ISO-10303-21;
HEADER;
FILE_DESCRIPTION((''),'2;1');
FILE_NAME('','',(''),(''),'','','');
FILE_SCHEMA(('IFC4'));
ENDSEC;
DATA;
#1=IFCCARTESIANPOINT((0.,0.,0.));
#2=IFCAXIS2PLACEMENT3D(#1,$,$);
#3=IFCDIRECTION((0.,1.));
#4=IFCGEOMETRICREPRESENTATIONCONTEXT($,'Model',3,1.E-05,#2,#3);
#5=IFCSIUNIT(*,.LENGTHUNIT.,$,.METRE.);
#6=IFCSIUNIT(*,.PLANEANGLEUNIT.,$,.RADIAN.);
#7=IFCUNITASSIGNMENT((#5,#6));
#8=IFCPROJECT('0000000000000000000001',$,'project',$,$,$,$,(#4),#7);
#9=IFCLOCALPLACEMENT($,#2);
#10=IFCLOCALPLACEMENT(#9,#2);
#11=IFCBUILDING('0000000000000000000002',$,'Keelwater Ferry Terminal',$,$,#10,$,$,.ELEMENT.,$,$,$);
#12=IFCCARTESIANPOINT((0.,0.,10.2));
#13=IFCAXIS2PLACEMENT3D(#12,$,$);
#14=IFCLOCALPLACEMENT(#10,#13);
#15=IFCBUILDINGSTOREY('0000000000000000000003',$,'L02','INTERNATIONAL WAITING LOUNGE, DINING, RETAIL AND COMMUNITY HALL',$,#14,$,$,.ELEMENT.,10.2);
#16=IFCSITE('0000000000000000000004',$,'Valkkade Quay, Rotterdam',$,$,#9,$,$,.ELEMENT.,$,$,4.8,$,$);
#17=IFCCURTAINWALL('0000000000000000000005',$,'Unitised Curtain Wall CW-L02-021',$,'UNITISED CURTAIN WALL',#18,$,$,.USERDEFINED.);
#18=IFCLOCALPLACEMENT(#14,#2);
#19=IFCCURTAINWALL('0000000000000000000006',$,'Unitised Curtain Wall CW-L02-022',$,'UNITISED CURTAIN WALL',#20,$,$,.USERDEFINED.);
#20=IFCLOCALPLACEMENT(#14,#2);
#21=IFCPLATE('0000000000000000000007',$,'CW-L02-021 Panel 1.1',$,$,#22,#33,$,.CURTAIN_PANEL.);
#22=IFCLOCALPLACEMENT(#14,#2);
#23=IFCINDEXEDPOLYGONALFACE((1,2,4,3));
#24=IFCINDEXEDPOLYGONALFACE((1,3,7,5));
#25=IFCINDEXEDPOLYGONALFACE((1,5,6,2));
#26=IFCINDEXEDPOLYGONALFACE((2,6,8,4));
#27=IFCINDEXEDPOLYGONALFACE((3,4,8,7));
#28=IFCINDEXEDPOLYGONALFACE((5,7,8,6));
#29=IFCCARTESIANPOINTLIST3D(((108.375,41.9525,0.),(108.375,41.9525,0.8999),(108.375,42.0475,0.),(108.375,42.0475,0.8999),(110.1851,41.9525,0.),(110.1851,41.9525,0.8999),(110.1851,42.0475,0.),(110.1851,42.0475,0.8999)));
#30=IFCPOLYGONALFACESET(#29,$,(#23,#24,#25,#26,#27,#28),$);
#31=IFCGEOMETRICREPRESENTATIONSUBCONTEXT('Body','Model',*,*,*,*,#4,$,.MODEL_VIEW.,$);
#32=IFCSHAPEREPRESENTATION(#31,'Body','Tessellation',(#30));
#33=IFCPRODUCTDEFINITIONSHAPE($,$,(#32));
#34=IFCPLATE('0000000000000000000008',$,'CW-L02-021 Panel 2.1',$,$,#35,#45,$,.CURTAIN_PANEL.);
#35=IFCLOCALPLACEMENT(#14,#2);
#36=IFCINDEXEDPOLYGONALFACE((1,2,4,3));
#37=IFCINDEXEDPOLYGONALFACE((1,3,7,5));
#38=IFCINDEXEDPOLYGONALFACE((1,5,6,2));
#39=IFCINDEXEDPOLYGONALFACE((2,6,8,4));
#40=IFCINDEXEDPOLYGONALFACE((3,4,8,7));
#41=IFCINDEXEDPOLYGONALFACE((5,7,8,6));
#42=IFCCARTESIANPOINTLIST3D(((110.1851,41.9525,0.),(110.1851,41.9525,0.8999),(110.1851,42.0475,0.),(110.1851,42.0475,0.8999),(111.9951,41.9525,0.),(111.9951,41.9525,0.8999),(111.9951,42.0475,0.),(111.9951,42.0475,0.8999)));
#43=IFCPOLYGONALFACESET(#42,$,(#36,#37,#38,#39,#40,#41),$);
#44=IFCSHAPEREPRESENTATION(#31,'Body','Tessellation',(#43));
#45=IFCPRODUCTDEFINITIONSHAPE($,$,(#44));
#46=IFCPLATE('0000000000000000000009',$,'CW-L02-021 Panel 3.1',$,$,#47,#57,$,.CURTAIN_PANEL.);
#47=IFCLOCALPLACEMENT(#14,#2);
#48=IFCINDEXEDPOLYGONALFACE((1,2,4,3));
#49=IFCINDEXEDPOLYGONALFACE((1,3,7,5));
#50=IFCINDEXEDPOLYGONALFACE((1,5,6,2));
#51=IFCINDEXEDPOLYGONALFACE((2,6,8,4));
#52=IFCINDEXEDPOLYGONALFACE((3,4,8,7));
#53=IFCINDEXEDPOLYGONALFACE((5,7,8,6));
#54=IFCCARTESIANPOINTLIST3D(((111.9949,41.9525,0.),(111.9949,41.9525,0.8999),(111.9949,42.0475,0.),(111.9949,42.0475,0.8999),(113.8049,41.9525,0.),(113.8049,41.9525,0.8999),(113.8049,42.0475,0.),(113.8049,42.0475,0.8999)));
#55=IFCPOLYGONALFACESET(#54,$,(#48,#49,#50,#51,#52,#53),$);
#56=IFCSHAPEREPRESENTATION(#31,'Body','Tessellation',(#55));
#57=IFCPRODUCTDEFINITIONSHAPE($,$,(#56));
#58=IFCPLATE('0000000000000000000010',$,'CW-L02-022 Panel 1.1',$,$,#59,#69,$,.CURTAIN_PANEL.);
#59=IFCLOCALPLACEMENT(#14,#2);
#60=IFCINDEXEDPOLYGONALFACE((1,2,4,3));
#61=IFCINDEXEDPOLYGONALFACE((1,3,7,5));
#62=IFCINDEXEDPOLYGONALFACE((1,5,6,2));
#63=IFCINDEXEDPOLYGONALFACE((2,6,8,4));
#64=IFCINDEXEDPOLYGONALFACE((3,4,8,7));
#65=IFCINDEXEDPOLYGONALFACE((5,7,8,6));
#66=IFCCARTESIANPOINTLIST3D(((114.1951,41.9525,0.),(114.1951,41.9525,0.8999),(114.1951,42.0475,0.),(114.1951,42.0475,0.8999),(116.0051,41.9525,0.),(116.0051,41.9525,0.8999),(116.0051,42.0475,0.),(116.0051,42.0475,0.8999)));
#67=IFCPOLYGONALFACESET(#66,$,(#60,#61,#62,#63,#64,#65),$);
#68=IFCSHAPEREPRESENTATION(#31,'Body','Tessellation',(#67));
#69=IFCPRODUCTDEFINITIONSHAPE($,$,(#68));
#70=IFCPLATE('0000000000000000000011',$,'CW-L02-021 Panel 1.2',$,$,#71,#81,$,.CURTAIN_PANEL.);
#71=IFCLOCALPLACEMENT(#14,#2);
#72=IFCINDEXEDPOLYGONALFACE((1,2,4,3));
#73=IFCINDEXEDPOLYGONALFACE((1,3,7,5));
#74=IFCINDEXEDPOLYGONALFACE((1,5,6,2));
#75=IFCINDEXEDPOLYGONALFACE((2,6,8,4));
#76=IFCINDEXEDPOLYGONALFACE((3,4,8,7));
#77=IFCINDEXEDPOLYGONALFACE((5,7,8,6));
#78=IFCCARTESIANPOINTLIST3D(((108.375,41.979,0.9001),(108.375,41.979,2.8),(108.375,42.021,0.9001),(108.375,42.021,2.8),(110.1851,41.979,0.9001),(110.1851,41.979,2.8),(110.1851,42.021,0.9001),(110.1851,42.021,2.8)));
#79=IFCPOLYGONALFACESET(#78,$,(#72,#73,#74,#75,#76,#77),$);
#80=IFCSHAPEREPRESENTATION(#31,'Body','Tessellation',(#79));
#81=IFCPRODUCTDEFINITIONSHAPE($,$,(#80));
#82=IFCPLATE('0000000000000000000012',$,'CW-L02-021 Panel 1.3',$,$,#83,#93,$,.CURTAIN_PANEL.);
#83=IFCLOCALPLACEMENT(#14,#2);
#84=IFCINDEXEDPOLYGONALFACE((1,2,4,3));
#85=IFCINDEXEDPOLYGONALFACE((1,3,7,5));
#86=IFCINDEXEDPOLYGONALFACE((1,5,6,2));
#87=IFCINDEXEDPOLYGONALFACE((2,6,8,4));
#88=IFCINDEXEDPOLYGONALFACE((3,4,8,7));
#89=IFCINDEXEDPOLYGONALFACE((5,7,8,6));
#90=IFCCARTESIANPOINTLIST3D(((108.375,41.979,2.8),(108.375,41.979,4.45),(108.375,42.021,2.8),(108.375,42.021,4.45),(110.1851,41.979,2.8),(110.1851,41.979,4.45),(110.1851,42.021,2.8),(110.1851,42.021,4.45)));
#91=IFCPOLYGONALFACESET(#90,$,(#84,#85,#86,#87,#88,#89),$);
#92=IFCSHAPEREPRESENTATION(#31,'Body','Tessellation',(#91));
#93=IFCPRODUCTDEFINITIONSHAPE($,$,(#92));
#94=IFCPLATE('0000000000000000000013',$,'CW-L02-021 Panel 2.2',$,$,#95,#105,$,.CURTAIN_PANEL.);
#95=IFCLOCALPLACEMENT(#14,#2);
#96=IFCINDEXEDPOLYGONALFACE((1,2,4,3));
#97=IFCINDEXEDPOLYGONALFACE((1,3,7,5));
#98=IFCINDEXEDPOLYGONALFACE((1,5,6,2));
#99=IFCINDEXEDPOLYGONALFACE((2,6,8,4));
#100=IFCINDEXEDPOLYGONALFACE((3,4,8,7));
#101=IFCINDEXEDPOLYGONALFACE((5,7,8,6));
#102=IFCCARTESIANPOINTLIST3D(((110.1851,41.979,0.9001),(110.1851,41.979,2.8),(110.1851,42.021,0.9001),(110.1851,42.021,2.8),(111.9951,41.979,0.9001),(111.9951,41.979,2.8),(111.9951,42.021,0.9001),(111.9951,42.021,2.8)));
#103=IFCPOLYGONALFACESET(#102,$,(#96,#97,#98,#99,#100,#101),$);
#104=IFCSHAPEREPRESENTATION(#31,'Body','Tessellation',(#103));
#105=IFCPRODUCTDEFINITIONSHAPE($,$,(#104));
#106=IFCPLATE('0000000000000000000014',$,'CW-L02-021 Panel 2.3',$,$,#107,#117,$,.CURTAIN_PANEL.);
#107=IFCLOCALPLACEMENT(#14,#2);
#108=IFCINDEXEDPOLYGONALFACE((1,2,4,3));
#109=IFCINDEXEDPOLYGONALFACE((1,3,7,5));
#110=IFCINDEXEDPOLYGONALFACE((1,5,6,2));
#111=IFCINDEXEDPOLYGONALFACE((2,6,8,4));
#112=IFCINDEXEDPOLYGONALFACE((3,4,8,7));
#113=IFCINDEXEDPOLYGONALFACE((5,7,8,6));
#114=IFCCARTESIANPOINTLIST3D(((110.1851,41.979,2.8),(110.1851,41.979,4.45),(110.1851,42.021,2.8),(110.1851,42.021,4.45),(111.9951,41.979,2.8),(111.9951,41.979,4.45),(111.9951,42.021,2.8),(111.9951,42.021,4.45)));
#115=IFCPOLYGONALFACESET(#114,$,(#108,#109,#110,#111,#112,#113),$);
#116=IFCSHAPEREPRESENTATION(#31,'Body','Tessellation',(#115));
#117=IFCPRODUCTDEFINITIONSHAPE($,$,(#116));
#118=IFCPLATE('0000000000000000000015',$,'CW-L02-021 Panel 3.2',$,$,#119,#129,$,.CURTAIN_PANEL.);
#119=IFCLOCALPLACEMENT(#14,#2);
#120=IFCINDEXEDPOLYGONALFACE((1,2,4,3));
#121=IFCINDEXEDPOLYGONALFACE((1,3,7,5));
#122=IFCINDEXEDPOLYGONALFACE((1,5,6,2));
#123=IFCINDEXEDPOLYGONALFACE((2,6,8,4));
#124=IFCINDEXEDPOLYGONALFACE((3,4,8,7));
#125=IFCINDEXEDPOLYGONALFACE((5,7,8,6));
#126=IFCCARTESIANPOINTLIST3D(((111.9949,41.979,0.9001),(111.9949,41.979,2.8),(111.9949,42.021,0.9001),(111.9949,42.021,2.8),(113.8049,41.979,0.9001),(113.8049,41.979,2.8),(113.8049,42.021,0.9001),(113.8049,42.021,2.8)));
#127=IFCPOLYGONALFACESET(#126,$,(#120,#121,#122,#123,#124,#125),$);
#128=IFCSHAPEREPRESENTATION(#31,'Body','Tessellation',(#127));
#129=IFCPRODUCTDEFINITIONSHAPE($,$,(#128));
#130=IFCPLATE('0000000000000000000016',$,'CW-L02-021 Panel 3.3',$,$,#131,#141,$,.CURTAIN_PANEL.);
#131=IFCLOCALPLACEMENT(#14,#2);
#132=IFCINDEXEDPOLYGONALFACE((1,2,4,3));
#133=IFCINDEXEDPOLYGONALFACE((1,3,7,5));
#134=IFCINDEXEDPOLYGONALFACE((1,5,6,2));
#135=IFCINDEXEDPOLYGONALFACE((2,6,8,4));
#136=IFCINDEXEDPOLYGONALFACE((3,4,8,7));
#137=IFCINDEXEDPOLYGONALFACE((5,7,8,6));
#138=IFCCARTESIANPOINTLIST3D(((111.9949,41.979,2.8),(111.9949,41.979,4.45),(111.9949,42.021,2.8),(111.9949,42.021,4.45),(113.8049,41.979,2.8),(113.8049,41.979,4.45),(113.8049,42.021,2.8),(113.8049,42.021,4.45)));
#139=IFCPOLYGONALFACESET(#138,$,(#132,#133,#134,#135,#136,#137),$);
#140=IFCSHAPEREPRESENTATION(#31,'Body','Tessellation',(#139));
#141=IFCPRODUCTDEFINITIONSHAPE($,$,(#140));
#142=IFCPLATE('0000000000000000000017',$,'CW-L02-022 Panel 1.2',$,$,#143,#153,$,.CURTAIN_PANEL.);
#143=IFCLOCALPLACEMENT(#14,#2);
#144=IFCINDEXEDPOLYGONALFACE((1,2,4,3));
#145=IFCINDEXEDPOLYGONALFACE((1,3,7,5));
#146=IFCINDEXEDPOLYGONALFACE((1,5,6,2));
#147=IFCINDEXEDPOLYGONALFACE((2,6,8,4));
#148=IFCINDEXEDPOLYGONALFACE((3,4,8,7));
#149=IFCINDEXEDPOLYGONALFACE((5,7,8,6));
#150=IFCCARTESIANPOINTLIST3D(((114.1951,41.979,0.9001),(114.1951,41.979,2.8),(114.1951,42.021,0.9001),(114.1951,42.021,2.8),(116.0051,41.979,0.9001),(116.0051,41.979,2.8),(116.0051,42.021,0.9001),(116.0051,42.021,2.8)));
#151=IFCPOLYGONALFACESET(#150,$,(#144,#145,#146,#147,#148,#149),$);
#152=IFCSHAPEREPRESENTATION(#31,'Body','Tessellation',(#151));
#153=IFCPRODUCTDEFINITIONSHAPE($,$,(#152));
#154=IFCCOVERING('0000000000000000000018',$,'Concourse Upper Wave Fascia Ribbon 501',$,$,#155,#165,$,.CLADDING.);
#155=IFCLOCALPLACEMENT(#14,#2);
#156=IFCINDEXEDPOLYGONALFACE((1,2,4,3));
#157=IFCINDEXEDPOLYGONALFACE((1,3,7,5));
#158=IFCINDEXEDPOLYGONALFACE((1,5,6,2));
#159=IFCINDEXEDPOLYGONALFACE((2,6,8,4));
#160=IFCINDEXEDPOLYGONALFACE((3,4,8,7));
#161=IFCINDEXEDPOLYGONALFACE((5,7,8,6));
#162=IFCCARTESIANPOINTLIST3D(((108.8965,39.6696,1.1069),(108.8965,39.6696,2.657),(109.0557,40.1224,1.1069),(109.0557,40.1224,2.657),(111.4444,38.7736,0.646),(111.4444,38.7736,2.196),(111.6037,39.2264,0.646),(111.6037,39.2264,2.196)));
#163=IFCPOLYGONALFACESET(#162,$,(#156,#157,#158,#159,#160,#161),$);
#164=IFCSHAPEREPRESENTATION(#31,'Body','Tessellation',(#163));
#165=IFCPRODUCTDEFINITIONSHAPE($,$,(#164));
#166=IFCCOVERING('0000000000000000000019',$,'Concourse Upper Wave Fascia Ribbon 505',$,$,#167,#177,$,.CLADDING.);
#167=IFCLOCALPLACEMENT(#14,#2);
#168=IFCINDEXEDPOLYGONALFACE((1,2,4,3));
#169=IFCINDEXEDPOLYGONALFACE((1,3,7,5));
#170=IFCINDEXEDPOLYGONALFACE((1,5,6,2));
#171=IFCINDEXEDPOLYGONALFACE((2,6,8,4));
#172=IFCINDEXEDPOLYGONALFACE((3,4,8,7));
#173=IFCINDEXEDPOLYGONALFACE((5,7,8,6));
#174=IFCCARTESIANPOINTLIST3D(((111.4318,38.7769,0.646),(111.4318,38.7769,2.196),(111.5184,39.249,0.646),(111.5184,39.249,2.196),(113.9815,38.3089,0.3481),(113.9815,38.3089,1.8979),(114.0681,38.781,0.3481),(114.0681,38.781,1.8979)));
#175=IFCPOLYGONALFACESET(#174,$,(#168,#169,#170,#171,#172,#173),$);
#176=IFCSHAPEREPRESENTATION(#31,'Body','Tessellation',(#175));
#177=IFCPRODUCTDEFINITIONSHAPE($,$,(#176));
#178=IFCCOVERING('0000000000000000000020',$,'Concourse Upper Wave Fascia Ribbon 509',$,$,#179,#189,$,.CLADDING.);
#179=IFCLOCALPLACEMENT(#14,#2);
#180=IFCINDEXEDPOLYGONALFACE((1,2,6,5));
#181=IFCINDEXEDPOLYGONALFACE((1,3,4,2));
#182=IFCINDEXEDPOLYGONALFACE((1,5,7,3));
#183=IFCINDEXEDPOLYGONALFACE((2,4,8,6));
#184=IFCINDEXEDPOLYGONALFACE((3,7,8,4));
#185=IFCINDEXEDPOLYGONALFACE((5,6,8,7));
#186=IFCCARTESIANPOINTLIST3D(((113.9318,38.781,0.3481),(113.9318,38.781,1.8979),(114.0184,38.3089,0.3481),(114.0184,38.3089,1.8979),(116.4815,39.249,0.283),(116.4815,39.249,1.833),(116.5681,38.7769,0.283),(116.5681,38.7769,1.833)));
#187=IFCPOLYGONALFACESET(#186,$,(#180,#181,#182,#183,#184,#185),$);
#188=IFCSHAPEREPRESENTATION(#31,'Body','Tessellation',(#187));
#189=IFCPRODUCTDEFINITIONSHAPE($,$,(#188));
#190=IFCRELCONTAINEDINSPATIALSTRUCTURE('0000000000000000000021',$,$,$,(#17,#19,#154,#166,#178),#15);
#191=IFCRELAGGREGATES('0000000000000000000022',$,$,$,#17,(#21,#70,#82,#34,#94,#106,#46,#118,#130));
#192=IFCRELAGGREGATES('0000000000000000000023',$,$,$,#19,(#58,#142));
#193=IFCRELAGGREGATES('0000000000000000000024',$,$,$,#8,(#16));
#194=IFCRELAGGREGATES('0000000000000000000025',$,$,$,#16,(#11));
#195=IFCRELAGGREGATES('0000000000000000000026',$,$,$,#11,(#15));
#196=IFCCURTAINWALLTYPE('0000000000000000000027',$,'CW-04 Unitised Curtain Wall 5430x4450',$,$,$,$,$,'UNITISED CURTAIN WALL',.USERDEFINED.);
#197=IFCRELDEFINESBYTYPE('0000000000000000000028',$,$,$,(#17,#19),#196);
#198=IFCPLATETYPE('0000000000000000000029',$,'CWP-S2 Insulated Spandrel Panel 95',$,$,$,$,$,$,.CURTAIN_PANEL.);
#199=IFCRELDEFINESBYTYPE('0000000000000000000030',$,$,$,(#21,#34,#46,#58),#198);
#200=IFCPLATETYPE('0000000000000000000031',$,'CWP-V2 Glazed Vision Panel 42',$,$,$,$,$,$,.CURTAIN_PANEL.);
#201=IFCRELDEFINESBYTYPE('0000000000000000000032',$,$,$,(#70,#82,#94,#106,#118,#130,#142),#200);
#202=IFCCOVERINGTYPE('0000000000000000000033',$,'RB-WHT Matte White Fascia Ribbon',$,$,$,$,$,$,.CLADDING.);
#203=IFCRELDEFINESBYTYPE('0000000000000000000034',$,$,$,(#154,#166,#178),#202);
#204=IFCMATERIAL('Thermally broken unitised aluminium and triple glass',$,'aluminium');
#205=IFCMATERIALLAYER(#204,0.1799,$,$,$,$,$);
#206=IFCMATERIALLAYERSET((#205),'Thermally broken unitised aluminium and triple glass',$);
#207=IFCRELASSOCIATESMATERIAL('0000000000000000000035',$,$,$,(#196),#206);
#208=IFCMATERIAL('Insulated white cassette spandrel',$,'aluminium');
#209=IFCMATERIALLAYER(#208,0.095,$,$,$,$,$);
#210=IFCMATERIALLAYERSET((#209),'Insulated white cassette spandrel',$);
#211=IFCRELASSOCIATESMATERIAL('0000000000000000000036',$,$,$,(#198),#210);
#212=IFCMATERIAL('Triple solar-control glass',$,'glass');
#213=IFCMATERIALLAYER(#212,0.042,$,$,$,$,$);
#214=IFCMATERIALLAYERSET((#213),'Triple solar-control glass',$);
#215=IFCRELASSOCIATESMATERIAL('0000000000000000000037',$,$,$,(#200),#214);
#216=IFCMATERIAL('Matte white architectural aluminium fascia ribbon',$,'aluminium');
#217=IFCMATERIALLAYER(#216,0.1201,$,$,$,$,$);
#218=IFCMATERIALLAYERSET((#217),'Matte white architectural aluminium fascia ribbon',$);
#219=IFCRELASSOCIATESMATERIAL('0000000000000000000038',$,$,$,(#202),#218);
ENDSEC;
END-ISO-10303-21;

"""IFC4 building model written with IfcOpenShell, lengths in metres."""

from ifc_helpers import new_model, si_unit, direction, frame, origin, origin_2d, place, context, subcontext, project, spatial, polyline, rectangle, outline, extrude, material, layer, layer_set, type_object, element, aggregate, save


model = new_model("IFC4")

# Units and contexts
model_context = context("Model", 3, precision=1e-05, world=origin(), true_north=direction((0.0, 1.0)))
body_context = subcontext(model_context, "Body", "Model", "MODEL_VIEW")
ifc_project = project(units=[si_unit("LENGTHUNIT", "METRE"), si_unit("PLANEANGLEUNIT", "RADIAN")], contexts=[model_context])

# Site, building, storey
site_placement = place(None, origin())
site = spatial("IfcSite", under=ifc_project, at=site_placement, Name="Valkkade Quay, Rotterdam", CompositionType="ELEMENT", RefElevation=4.8)
building_placement = place(site_placement, origin())
building = spatial("IfcBuilding", under=site, at=building_placement, Name="Keelwater Ferry Terminal", CompositionType="ELEMENT")
storey_placement = place(building_placement, frame((0.0, 0.0, 10.2)))
storey = spatial("IfcBuildingStorey", under=building, at=storey_placement, Name="L02", Description="INTERNATIONAL WAITING LOUNGE, DINING, RETAIL AND COMMUNITY HALL", CompositionType="ELEMENT", Elevation=10.2)

# Curtain wall
ifc_material_1 = material(Name="Thermally broken unitised aluminium and triple glass", Category="aluminium")
ifc_layer_1 = layer(ifc_material_1, 0.1799)
ifc_layer_set_1 = layer_set([ifc_layer_1], Name="Thermally broken unitised aluminium and triple glass")
curtain_wall_type = type_object("IfcCurtainWallType", Name="CW-04 Unitised Curtain Wall 5430x4450", ElementType="UNITISED CURTAIN WALL", PredefinedType="USERDEFINED", material=ifc_layer_set_1)
curtain_wall_1_placement = place(storey_placement, origin())
curtain_wall_1 = element("IfcCurtainWall", 1, at=curtain_wall_1_placement, inside=storey, type_object=curtain_wall_type, Name="Unitised Curtain Wall CW-L02-021", ObjectType="UNITISED CURTAIN WALL", PredefinedType="USERDEFINED")

# Curtain wall
curtain_wall_2_placement = place(storey_placement, origin())
curtain_wall_2 = element("IfcCurtainWall", 2, at=curtain_wall_2_placement, inside=storey, type_object=curtain_wall_type, Name="Unitised Curtain Wall CW-L02-022", ObjectType="UNITISED CURTAIN WALL", PredefinedType="USERDEFINED")

# Plates
ifc_material_2 = material(Name="Insulated white cassette spandrel", Category="aluminium")
ifc_layer_2 = layer(ifc_material_2, 0.095)
ifc_layer_set_2 = layer_set([ifc_layer_2], Name="Insulated white cassette spandrel")
plate_type_1 = type_object("IfcPlateType", Name="CWP-S2 Insulated Spandrel Panel 95", PredefinedType="CURTAIN_PANEL", material=ifc_layer_set_2)
plate_1_placement = place(storey_placement, frame((109.28, 42.0, 0.0), z_axis=(0.0, 0.0, 1.0), x_axis=(1.0, 0.0, 0.0)))
plate_1 = element("IfcPlate", 3, at=plate_1_placement, type_object=plate_type_1, Name="CW-L02-021 Panel 1.1", PredefinedType="CURTAIN_PANEL", context=body_context, shape_type="SweptSolid", body=[
    extrude(rectangle(XDim=1.8101, YDim=0.095, at=origin_2d()), origin(), (0.0, 0.0, 1.0), 0.8999),
])
plate_2_placement = place(storey_placement, frame((111.0901, 42.0, 0.0), z_axis=(0.0, 0.0, 1.0), x_axis=(1.0, 0.0, 0.0)))
plate_2 = element("IfcPlate", 4, at=plate_2_placement, type_object=plate_type_1, Name="CW-L02-021 Panel 2.1", PredefinedType="CURTAIN_PANEL", context=body_context, shape_type="SweptSolid", body=[
    extrude(rectangle(XDim=1.8101, YDim=0.095, at=origin_2d()), origin(), (0.0, 0.0, 1.0), 0.8999),
])
plate_3_placement = place(storey_placement, frame((112.8999, 42.0, 0.0), z_axis=(0.0, 0.0, 1.0), x_axis=(1.0, 0.0, 0.0)))
plate_3 = element("IfcPlate", 5, at=plate_3_placement, type_object=plate_type_1, Name="CW-L02-021 Panel 3.1", PredefinedType="CURTAIN_PANEL", context=body_context, shape_type="SweptSolid", body=[
    extrude(rectangle(XDim=1.8101, YDim=0.095, at=origin_2d()), origin(), (0.0, 0.0, 1.0), 0.8999),
])
plate_4_placement = place(storey_placement, frame((115.1001, 42.0, 0.0), z_axis=(0.0, 0.0, 1.0), x_axis=(1.0, 0.0, 0.0)))
plate_4 = element("IfcPlate", 6, at=plate_4_placement, type_object=plate_type_1, Name="CW-L02-022 Panel 1.1", PredefinedType="CURTAIN_PANEL", context=body_context, shape_type="SweptSolid", body=[
    extrude(rectangle(XDim=1.8101, YDim=0.095, at=origin_2d()), origin(), (0.0, 0.0, 1.0), 0.8999),
])
ifc_material_3 = material(Name="Triple solar-control glass", Category="glass")
ifc_layer_3 = layer(ifc_material_3, 0.042)
ifc_layer_set_3 = layer_set([ifc_layer_3], Name="Triple solar-control glass")
plate_type_2 = type_object("IfcPlateType", Name="CWP-V2 Glazed Vision Panel 42", PredefinedType="CURTAIN_PANEL", material=ifc_layer_set_3)
plate_5_placement = place(storey_placement, frame((109.28, 42.0, 0.9001), z_axis=(0.0, 0.0, 1.0), x_axis=(1.0, 0.0, 0.0)))
plate_5 = element("IfcPlate", 7, at=plate_5_placement, type_object=plate_type_2, Name="CW-L02-021 Panel 1.2", PredefinedType="CURTAIN_PANEL", context=body_context, shape_type="SweptSolid", body=[
    extrude(rectangle(XDim=1.8101, YDim=0.042, at=origin_2d()), origin(), (0.0, 0.0, 1.0), 1.8999),
])
plate_6_placement = place(storey_placement, frame((109.28, 42.0, 2.8), z_axis=(0.0, 0.0, 1.0), x_axis=(1.0, 0.0, 0.0)))
plate_6 = element("IfcPlate", 8, at=plate_6_placement, type_object=plate_type_2, Name="CW-L02-021 Panel 1.3", PredefinedType="CURTAIN_PANEL", context=body_context, shape_type="SweptSolid", body=[
    extrude(rectangle(XDim=1.8101, YDim=0.042, at=origin_2d()), origin(), (0.0, 0.0, 1.0), 1.6499),
])
plate_7_placement = place(storey_placement, frame((111.0901, 42.0, 0.9001), z_axis=(0.0, 0.0, 1.0), x_axis=(1.0, 0.0, 0.0)))
plate_7 = element("IfcPlate", 9, at=plate_7_placement, type_object=plate_type_2, Name="CW-L02-021 Panel 2.2", PredefinedType="CURTAIN_PANEL", context=body_context, shape_type="SweptSolid", body=[
    extrude(rectangle(XDim=1.8101, YDim=0.042, at=origin_2d()), origin(), (0.0, 0.0, 1.0), 1.8999),
])
plate_8_placement = place(storey_placement, frame((111.0901, 42.0, 2.8), z_axis=(0.0, 0.0, 1.0), x_axis=(1.0, 0.0, 0.0)))
plate_8 = element("IfcPlate", 10, at=plate_8_placement, type_object=plate_type_2, Name="CW-L02-021 Panel 2.3", PredefinedType="CURTAIN_PANEL", context=body_context, shape_type="SweptSolid", body=[
    extrude(rectangle(XDim=1.8101, YDim=0.042, at=origin_2d()), origin(), (0.0, 0.0, 1.0), 1.6499),
])
plate_9_placement = place(storey_placement, frame((112.8999, 42.0, 0.9001), z_axis=(0.0, 0.0, 1.0), x_axis=(1.0, 0.0, 0.0)))
plate_9 = element("IfcPlate", 11, at=plate_9_placement, type_object=plate_type_2, Name="CW-L02-021 Panel 3.2", PredefinedType="CURTAIN_PANEL", context=body_context, shape_type="SweptSolid", body=[
    extrude(rectangle(XDim=1.8101, YDim=0.042, at=origin_2d()), origin(), (0.0, 0.0, 1.0), 1.8999),
])
plate_10_placement = place(storey_placement, frame((112.8999, 42.0, 2.8), z_axis=(0.0, 0.0, 1.0), x_axis=(1.0, 0.0, 0.0)))
plate_10 = element("IfcPlate", 12, at=plate_10_placement, type_object=plate_type_2, Name="CW-L02-021 Panel 3.3", PredefinedType="CURTAIN_PANEL", context=body_context, shape_type="SweptSolid", body=[
    extrude(rectangle(XDim=1.8101, YDim=0.042, at=origin_2d()), origin(), (0.0, 0.0, 1.0), 1.6499),
])
aggregate(curtain_wall_1, [plate_1, plate_5, plate_6, plate_2, plate_7, plate_8, plate_3, plate_9, plate_10])
plate_11_placement = place(storey_placement, frame((115.1001, 42.0, 0.9001), z_axis=(0.0, 0.0, 1.0), x_axis=(1.0, 0.0, 0.0)))
plate_11 = element("IfcPlate", 13, at=plate_11_placement, type_object=plate_type_2, Name="CW-L02-022 Panel 1.2", PredefinedType="CURTAIN_PANEL", context=body_context, shape_type="SweptSolid", body=[
    extrude(rectangle(XDim=1.8101, YDim=0.042, at=origin_2d()), origin(), (0.0, 0.0, 1.0), 1.8999),
])
aggregate(curtain_wall_2, [plate_4, plate_11])

# Coverings
ifc_material_4 = material(Name="Matte white architectural aluminium fascia ribbon", Category="aluminium")
ifc_layer_4 = layer(ifc_material_4, 0.1201)
ifc_layer_set_4 = layer_set([ifc_layer_4], Name="Matte white architectural aluminium fascia ribbon")
covering_type = type_object("IfcCoveringType", Name="RB-WHT Matte White Fascia Ribbon", PredefinedType="CLADDING", material=ifc_layer_set_4)
covering_1_placement = place(storey_placement, frame((108.9761, 39.896, 0.646), z_axis=(0.0, 0.0, 1.0), x_axis=(0.943367, -0.331751, 0.0)))
element("IfcCovering", 14, at=covering_1_placement, inside=storey, type_object=covering_type, Name="Concourse Upper Wave Fascia Ribbon 501", PredefinedType="CLADDING", context=body_context, shape_type="SweptSolid", body=[
    extrude(outline(polyline([(0.0, 0.4609), (2.7009, 0.0), (2.7009, 1.55), (0.0, 2.011), (0.0, 0.4609)])), frame((0.0, 0.24, 0.0), z_axis=(0.0, -1.0, 0.0), x_axis=(1.0, 0.0, 0.0)), (0.0, 0.0, 1.0), 0.48),
])
covering_2_placement = place(storey_placement, frame((111.4751, 39.0129, 0.3481), z_axis=(0.0, 0.0, 1.0), x_axis=(0.983569, -0.180534, 0.0)))
element("IfcCovering", 15, at=covering_2_placement, inside=storey, type_object=covering_type, Name="Concourse Upper Wave Fascia Ribbon 505", PredefinedType="CLADDING", context=body_context, shape_type="SweptSolid", body=[
    extrude(outline(polyline([(0.0, 0.2979), (2.5923, 0.0), (2.5923, 1.5498), (0.0, 1.8479), (0.0, 0.2979)])), frame((0.0, 0.24, 0.0), z_axis=(0.0, -1.0, 0.0), x_axis=(1.0, 0.0, 0.0)), (0.0, 0.0, 1.0), 0.48),
])
covering_3_placement = place(storey_placement, frame((113.9751, 38.5449, 0.283), z_axis=(0.0, 0.0, 1.0), x_axis=(0.983569, 0.180534, 0.0)))
element("IfcCovering", 16, at=covering_3_placement, inside=storey, type_object=covering_type, Name="Concourse Upper Wave Fascia Ribbon 509", PredefinedType="CLADDING", context=body_context, shape_type="SweptSolid", body=[
    extrude(outline(polyline([(0.0, 0.0652), (2.5923, 0.0), (2.5923, 1.55), (0.0, 1.615), (0.0, 0.0652)])), frame((0.0, 0.24, 0.0), z_axis=(0.0, -1.0, 0.0), x_axis=(1.0, 0.0, 0.0)), (0.0, 0.0, 1.0), 0.48),
])

save(model, "model.ifc")
